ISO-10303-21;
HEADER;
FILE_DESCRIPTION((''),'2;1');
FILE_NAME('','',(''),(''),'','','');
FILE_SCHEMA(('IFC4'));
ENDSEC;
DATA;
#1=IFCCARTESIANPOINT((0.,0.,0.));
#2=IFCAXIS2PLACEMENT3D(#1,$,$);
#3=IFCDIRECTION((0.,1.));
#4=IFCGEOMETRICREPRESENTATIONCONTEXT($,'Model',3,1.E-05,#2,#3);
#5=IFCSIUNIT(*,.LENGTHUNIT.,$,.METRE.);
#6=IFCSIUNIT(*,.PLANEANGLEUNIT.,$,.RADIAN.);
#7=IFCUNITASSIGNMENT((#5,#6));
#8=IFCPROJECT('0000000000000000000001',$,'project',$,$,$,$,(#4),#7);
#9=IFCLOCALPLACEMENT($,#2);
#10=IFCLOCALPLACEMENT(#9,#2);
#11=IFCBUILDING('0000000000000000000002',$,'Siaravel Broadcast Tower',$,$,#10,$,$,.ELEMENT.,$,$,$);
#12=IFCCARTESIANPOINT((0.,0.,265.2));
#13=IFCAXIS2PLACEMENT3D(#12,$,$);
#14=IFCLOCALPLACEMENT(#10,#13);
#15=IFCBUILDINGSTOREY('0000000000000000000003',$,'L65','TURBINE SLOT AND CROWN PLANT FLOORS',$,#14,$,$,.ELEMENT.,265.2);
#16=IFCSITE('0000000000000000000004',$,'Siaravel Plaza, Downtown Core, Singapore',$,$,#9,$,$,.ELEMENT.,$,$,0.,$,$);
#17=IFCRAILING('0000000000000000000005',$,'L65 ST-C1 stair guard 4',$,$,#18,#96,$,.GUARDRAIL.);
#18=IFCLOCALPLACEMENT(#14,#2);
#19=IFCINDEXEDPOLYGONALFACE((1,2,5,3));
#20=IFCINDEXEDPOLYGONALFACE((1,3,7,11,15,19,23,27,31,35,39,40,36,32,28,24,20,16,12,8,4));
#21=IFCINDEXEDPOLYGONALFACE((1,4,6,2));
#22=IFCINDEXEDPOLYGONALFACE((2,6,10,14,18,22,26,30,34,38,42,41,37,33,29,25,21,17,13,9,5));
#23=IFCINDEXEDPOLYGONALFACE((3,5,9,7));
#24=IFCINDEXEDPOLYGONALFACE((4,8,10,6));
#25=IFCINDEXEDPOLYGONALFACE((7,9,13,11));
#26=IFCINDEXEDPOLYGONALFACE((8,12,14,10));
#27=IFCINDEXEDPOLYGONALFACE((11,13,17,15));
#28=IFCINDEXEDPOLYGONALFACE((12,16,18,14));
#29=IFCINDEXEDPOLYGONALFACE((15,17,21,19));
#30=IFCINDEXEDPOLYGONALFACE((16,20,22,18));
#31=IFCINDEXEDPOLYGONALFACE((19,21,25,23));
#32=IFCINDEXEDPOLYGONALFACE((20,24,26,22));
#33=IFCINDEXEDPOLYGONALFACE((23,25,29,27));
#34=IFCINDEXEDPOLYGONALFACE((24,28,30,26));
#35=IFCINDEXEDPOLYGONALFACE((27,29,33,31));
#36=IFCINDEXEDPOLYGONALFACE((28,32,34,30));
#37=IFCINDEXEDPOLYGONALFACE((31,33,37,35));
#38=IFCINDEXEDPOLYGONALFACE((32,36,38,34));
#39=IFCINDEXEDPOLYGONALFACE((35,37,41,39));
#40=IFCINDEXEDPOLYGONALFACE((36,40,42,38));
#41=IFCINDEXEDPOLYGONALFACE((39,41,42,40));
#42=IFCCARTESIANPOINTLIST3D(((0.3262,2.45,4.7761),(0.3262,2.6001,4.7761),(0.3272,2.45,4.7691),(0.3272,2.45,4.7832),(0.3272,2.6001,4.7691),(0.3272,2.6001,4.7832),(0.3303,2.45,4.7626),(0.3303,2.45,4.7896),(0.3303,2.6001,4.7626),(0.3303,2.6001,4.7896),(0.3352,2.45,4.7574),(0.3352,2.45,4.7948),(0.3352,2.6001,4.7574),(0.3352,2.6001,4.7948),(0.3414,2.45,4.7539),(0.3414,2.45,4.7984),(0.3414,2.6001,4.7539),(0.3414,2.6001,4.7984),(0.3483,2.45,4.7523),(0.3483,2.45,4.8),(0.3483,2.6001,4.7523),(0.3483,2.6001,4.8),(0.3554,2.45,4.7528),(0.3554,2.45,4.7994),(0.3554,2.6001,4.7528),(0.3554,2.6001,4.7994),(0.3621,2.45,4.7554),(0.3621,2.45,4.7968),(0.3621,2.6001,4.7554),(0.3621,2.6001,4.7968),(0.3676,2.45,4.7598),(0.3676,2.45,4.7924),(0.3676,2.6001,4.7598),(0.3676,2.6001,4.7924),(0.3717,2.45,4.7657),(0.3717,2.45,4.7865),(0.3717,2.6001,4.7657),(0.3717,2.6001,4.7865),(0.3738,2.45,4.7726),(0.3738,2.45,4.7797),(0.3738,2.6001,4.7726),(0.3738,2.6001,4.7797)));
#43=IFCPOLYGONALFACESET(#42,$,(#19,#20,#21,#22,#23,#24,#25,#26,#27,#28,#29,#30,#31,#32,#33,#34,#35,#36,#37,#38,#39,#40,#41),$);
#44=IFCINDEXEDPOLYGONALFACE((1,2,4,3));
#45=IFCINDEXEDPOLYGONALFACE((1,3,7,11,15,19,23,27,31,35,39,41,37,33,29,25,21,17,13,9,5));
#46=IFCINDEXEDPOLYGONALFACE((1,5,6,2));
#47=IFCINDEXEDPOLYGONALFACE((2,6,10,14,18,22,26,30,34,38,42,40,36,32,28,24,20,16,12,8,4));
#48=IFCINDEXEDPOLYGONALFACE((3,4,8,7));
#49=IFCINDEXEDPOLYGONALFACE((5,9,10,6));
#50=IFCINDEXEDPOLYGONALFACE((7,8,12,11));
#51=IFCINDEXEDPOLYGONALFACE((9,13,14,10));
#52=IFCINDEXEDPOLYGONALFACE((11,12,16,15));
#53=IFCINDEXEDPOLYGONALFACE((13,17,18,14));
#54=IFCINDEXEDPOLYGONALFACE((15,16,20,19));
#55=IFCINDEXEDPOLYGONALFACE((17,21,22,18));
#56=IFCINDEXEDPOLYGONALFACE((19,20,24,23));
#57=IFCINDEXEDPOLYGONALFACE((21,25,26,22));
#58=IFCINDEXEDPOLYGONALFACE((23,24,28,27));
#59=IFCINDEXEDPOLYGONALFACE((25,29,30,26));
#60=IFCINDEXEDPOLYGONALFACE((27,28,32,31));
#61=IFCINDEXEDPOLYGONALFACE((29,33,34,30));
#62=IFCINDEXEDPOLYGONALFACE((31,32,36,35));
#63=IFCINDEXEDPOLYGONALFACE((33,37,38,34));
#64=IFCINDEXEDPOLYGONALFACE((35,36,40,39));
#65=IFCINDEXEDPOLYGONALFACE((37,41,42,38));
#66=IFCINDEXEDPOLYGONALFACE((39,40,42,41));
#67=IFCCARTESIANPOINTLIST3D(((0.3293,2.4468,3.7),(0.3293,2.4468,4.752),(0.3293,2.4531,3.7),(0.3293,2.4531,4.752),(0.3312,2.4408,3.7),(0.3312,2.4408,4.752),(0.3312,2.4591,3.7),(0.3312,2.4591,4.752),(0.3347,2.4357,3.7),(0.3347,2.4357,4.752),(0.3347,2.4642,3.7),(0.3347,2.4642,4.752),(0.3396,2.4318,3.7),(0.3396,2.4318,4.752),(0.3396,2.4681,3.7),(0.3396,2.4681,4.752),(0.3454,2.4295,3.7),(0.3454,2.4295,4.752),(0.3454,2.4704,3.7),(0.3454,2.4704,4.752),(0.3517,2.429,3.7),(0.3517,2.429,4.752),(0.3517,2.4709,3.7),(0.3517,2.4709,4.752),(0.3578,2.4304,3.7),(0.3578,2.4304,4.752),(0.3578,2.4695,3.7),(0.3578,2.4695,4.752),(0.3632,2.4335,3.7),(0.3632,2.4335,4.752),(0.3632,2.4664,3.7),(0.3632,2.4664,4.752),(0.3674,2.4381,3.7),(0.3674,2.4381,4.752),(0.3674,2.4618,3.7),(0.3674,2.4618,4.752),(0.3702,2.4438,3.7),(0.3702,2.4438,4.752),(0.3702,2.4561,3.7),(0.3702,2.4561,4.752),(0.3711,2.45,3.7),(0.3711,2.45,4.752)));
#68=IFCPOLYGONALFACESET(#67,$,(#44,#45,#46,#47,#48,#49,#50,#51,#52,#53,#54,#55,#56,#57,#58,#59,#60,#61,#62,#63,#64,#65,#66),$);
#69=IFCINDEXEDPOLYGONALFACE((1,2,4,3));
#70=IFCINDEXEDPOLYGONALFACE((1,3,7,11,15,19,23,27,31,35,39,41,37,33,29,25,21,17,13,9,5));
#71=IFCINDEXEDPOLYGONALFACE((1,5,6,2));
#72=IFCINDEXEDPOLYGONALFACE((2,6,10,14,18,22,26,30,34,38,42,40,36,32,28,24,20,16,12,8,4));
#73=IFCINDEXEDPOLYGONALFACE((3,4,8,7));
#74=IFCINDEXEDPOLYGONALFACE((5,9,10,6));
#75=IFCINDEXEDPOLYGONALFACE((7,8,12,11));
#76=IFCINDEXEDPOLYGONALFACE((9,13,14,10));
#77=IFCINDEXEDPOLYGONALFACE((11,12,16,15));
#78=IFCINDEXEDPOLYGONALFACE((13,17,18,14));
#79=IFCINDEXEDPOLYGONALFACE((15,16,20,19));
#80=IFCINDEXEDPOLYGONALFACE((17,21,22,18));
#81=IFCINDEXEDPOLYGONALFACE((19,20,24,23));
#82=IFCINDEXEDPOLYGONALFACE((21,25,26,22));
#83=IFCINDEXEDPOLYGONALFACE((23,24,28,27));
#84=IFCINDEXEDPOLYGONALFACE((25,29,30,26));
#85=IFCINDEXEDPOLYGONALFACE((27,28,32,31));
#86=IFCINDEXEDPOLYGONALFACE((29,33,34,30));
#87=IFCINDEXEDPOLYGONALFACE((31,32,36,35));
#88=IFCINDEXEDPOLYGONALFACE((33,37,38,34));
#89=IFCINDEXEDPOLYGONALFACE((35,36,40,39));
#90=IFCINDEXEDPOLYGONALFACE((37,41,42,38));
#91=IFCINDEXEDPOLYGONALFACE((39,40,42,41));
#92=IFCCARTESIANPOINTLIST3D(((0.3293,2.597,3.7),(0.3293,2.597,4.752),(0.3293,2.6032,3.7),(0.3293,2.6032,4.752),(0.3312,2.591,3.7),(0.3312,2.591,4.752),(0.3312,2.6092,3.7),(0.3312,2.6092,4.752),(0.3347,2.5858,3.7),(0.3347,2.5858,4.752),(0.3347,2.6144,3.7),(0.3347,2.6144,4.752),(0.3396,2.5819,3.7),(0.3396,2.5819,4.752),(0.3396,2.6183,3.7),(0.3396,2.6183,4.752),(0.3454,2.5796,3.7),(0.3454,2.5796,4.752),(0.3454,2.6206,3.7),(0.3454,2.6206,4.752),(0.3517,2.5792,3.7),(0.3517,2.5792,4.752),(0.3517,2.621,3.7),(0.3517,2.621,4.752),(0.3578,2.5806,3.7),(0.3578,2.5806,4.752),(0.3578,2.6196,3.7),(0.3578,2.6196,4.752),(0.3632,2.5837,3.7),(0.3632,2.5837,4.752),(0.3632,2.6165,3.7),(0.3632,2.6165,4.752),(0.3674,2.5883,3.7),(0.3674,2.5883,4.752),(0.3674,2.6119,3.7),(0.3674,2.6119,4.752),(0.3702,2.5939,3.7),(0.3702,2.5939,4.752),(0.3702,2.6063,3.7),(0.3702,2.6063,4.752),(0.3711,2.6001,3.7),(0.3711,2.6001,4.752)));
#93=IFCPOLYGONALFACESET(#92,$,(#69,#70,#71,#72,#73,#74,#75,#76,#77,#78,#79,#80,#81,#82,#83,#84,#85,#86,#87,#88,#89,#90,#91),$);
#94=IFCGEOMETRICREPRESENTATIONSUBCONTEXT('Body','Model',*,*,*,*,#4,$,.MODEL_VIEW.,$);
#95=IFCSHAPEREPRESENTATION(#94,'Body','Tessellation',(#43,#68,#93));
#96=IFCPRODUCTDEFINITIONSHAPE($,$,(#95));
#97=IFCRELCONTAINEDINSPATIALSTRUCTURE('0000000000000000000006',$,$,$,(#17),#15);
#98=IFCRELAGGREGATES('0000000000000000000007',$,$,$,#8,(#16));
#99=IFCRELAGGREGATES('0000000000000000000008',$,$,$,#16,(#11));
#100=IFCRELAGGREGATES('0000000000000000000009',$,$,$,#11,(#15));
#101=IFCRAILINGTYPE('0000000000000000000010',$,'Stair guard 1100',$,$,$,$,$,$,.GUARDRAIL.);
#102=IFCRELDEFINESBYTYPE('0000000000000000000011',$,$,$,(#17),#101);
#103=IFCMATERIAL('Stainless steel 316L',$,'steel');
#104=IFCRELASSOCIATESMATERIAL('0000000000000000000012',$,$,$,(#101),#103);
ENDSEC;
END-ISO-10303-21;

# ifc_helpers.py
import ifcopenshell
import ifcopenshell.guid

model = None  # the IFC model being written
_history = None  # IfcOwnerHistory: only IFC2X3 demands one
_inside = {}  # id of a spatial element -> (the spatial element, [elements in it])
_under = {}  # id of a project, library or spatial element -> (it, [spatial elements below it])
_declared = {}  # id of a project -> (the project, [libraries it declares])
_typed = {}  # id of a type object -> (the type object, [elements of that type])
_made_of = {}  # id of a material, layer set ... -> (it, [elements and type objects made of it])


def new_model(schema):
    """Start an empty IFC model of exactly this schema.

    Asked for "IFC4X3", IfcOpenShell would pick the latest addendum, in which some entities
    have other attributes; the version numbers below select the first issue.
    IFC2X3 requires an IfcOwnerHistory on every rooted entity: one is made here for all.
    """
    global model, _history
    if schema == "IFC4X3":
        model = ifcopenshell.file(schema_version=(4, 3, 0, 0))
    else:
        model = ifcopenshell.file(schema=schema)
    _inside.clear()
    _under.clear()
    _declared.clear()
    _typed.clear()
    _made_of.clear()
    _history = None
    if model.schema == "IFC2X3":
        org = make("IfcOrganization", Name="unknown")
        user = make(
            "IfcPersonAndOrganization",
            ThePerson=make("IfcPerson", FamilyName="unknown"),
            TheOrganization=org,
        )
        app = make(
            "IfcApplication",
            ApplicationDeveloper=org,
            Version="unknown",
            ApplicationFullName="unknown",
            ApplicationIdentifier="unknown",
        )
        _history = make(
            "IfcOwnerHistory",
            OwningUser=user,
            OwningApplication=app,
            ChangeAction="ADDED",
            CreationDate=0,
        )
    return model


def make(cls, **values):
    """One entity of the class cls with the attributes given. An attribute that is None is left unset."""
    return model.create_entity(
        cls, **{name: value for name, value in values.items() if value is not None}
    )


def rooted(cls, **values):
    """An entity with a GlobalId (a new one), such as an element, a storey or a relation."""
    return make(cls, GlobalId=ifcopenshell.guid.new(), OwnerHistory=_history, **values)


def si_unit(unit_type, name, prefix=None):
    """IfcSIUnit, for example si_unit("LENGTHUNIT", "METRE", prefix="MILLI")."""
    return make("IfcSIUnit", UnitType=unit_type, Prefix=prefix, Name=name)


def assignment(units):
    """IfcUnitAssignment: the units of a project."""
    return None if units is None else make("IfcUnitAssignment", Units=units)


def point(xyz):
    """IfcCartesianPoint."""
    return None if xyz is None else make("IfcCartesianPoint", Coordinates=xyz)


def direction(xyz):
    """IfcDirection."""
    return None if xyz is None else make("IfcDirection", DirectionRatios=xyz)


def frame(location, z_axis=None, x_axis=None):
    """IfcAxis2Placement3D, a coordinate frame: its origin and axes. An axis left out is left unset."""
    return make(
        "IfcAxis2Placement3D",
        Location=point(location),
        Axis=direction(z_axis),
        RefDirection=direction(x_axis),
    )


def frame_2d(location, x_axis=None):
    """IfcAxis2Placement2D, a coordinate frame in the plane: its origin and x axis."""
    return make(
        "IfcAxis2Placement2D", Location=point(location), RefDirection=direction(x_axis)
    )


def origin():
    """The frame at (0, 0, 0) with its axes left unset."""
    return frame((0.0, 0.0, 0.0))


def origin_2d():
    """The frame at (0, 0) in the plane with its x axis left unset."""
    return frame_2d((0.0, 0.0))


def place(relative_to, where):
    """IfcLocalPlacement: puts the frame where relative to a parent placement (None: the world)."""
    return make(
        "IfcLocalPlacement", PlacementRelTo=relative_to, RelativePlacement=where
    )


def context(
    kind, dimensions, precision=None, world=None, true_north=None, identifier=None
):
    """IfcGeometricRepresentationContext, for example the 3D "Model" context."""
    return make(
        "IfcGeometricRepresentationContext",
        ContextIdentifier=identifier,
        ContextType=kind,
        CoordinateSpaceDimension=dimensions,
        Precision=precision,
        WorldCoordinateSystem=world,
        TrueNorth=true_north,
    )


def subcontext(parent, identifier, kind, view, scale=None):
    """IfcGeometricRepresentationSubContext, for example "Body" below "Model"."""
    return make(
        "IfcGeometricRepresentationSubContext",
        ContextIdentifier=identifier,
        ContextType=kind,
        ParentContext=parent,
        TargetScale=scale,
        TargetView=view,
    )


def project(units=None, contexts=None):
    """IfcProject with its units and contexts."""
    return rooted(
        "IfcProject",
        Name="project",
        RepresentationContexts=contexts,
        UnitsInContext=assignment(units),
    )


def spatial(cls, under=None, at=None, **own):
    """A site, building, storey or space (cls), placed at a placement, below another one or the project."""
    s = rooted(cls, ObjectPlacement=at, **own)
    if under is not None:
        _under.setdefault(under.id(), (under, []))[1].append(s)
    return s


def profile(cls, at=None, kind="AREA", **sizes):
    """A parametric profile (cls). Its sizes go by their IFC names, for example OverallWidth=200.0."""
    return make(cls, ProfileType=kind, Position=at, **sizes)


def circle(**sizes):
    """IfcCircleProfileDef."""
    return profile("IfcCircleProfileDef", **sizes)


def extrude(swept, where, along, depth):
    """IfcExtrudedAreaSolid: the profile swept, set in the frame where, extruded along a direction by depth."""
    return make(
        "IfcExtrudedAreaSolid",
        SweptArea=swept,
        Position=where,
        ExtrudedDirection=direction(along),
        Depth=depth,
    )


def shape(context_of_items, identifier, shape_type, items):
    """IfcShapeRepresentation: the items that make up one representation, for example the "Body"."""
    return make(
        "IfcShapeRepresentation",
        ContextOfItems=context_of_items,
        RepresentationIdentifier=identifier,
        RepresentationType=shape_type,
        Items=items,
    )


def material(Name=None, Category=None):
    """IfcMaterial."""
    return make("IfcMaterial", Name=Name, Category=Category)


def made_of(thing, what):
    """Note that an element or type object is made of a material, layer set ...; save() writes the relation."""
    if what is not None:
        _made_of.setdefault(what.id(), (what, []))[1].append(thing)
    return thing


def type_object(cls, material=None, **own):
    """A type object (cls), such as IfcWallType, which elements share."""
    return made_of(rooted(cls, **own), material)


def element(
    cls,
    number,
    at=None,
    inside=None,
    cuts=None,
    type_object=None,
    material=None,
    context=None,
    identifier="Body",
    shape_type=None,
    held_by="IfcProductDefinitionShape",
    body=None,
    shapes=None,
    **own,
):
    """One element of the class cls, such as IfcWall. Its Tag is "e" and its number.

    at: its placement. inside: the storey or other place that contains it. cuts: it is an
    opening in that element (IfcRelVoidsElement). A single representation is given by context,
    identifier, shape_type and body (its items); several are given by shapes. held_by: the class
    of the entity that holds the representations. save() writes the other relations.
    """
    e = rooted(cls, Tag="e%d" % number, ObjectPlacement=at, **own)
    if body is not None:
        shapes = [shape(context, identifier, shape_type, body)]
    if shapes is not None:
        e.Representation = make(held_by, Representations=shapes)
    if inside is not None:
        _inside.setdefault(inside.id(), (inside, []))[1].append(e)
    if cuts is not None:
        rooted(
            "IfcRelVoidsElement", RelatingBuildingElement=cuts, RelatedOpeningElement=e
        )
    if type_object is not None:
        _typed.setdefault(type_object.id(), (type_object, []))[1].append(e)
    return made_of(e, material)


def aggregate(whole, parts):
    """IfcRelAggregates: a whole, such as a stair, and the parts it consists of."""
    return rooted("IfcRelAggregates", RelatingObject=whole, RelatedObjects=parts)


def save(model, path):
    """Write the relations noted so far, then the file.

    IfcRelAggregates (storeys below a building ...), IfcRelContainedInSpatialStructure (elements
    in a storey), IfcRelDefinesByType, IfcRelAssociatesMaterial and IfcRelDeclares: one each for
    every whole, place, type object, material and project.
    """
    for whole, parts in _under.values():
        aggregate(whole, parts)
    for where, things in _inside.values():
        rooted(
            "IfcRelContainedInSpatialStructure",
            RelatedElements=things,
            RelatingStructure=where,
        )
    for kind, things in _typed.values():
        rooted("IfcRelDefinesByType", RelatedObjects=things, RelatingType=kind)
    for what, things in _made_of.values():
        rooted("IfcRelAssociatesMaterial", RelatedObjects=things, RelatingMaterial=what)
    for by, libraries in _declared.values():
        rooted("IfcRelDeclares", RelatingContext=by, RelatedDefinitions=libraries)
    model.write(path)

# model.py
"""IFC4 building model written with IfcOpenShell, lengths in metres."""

from ifc_helpers import new_model, si_unit, direction, frame, origin, origin_2d, place, context, subcontext, project, spatial, circle, extrude, material, type_object, element, save


model = new_model("IFC4")

# Units and contexts
model_context = context("Model", 3, precision=1e-05, world=origin(), true_north=direction((0.0, 1.0)))
body_context = subcontext(model_context, "Body", "Model", "MODEL_VIEW")
ifc_project = project(units=[si_unit("LENGTHUNIT", "METRE"), si_unit("PLANEANGLEUNIT", "RADIAN")], contexts=[model_context])

# Site, building, storey
site_placement = place(None, origin())
site = spatial("IfcSite", under=ifc_project, at=site_placement, Name="Siaravel Plaza, Downtown Core, Singapore", CompositionType="ELEMENT", RefElevation=0.0)
building_placement = place(site_placement, origin())
building = spatial("IfcBuilding", under=site, at=building_placement, Name="Siaravel Broadcast Tower", CompositionType="ELEMENT")
storey_placement = place(building_placement, frame((0.0, 0.0, 265.2)))
storey = spatial("IfcBuildingStorey", under=building, at=storey_placement, Name="L65", Description="TURBINE SLOT AND CROWN PLANT FLOORS", CompositionType="ELEMENT", Elevation=265.2)

# Railing
ifc_material_1 = material(Name="Stainless steel 316L", Category="steel")
railing_type_1 = type_object("IfcRailingType", Name="Stair guard 1100", PredefinedType="GUARDRAIL", material=ifc_material_1)
railing_1_placement = place(storey_placement, frame((0.3501, 2.45, 3.7)))
element("IfcRailing", 1, at=railing_1_placement, inside=storey, type_object=railing_type_1, Name="L65 ST-C1 stair guard 4", PredefinedType="GUARDRAIL", context=body_context, shape_type="SweptSolid", body=[
    extrude(circle(Radius=0.0239, at=origin_2d()), frame((0.0, 0.0, 1.0762), z_axis=(0.0, 1.0, 0.0), x_axis=(-1.0, 0.0, 0.0)), (0.0, 0.0, 1.0), 0.1501),
    extrude(circle(Radius=0.021, at=origin_2d()), origin(), (0.0, 0.0, 1.0), 1.052),
    extrude(circle(Radius=0.021, at=origin_2d()), frame((0.0, 0.1501, 0.0)), (0.0, 0.0, 1.0), 1.052),
])

save(model, "model.ifc")
